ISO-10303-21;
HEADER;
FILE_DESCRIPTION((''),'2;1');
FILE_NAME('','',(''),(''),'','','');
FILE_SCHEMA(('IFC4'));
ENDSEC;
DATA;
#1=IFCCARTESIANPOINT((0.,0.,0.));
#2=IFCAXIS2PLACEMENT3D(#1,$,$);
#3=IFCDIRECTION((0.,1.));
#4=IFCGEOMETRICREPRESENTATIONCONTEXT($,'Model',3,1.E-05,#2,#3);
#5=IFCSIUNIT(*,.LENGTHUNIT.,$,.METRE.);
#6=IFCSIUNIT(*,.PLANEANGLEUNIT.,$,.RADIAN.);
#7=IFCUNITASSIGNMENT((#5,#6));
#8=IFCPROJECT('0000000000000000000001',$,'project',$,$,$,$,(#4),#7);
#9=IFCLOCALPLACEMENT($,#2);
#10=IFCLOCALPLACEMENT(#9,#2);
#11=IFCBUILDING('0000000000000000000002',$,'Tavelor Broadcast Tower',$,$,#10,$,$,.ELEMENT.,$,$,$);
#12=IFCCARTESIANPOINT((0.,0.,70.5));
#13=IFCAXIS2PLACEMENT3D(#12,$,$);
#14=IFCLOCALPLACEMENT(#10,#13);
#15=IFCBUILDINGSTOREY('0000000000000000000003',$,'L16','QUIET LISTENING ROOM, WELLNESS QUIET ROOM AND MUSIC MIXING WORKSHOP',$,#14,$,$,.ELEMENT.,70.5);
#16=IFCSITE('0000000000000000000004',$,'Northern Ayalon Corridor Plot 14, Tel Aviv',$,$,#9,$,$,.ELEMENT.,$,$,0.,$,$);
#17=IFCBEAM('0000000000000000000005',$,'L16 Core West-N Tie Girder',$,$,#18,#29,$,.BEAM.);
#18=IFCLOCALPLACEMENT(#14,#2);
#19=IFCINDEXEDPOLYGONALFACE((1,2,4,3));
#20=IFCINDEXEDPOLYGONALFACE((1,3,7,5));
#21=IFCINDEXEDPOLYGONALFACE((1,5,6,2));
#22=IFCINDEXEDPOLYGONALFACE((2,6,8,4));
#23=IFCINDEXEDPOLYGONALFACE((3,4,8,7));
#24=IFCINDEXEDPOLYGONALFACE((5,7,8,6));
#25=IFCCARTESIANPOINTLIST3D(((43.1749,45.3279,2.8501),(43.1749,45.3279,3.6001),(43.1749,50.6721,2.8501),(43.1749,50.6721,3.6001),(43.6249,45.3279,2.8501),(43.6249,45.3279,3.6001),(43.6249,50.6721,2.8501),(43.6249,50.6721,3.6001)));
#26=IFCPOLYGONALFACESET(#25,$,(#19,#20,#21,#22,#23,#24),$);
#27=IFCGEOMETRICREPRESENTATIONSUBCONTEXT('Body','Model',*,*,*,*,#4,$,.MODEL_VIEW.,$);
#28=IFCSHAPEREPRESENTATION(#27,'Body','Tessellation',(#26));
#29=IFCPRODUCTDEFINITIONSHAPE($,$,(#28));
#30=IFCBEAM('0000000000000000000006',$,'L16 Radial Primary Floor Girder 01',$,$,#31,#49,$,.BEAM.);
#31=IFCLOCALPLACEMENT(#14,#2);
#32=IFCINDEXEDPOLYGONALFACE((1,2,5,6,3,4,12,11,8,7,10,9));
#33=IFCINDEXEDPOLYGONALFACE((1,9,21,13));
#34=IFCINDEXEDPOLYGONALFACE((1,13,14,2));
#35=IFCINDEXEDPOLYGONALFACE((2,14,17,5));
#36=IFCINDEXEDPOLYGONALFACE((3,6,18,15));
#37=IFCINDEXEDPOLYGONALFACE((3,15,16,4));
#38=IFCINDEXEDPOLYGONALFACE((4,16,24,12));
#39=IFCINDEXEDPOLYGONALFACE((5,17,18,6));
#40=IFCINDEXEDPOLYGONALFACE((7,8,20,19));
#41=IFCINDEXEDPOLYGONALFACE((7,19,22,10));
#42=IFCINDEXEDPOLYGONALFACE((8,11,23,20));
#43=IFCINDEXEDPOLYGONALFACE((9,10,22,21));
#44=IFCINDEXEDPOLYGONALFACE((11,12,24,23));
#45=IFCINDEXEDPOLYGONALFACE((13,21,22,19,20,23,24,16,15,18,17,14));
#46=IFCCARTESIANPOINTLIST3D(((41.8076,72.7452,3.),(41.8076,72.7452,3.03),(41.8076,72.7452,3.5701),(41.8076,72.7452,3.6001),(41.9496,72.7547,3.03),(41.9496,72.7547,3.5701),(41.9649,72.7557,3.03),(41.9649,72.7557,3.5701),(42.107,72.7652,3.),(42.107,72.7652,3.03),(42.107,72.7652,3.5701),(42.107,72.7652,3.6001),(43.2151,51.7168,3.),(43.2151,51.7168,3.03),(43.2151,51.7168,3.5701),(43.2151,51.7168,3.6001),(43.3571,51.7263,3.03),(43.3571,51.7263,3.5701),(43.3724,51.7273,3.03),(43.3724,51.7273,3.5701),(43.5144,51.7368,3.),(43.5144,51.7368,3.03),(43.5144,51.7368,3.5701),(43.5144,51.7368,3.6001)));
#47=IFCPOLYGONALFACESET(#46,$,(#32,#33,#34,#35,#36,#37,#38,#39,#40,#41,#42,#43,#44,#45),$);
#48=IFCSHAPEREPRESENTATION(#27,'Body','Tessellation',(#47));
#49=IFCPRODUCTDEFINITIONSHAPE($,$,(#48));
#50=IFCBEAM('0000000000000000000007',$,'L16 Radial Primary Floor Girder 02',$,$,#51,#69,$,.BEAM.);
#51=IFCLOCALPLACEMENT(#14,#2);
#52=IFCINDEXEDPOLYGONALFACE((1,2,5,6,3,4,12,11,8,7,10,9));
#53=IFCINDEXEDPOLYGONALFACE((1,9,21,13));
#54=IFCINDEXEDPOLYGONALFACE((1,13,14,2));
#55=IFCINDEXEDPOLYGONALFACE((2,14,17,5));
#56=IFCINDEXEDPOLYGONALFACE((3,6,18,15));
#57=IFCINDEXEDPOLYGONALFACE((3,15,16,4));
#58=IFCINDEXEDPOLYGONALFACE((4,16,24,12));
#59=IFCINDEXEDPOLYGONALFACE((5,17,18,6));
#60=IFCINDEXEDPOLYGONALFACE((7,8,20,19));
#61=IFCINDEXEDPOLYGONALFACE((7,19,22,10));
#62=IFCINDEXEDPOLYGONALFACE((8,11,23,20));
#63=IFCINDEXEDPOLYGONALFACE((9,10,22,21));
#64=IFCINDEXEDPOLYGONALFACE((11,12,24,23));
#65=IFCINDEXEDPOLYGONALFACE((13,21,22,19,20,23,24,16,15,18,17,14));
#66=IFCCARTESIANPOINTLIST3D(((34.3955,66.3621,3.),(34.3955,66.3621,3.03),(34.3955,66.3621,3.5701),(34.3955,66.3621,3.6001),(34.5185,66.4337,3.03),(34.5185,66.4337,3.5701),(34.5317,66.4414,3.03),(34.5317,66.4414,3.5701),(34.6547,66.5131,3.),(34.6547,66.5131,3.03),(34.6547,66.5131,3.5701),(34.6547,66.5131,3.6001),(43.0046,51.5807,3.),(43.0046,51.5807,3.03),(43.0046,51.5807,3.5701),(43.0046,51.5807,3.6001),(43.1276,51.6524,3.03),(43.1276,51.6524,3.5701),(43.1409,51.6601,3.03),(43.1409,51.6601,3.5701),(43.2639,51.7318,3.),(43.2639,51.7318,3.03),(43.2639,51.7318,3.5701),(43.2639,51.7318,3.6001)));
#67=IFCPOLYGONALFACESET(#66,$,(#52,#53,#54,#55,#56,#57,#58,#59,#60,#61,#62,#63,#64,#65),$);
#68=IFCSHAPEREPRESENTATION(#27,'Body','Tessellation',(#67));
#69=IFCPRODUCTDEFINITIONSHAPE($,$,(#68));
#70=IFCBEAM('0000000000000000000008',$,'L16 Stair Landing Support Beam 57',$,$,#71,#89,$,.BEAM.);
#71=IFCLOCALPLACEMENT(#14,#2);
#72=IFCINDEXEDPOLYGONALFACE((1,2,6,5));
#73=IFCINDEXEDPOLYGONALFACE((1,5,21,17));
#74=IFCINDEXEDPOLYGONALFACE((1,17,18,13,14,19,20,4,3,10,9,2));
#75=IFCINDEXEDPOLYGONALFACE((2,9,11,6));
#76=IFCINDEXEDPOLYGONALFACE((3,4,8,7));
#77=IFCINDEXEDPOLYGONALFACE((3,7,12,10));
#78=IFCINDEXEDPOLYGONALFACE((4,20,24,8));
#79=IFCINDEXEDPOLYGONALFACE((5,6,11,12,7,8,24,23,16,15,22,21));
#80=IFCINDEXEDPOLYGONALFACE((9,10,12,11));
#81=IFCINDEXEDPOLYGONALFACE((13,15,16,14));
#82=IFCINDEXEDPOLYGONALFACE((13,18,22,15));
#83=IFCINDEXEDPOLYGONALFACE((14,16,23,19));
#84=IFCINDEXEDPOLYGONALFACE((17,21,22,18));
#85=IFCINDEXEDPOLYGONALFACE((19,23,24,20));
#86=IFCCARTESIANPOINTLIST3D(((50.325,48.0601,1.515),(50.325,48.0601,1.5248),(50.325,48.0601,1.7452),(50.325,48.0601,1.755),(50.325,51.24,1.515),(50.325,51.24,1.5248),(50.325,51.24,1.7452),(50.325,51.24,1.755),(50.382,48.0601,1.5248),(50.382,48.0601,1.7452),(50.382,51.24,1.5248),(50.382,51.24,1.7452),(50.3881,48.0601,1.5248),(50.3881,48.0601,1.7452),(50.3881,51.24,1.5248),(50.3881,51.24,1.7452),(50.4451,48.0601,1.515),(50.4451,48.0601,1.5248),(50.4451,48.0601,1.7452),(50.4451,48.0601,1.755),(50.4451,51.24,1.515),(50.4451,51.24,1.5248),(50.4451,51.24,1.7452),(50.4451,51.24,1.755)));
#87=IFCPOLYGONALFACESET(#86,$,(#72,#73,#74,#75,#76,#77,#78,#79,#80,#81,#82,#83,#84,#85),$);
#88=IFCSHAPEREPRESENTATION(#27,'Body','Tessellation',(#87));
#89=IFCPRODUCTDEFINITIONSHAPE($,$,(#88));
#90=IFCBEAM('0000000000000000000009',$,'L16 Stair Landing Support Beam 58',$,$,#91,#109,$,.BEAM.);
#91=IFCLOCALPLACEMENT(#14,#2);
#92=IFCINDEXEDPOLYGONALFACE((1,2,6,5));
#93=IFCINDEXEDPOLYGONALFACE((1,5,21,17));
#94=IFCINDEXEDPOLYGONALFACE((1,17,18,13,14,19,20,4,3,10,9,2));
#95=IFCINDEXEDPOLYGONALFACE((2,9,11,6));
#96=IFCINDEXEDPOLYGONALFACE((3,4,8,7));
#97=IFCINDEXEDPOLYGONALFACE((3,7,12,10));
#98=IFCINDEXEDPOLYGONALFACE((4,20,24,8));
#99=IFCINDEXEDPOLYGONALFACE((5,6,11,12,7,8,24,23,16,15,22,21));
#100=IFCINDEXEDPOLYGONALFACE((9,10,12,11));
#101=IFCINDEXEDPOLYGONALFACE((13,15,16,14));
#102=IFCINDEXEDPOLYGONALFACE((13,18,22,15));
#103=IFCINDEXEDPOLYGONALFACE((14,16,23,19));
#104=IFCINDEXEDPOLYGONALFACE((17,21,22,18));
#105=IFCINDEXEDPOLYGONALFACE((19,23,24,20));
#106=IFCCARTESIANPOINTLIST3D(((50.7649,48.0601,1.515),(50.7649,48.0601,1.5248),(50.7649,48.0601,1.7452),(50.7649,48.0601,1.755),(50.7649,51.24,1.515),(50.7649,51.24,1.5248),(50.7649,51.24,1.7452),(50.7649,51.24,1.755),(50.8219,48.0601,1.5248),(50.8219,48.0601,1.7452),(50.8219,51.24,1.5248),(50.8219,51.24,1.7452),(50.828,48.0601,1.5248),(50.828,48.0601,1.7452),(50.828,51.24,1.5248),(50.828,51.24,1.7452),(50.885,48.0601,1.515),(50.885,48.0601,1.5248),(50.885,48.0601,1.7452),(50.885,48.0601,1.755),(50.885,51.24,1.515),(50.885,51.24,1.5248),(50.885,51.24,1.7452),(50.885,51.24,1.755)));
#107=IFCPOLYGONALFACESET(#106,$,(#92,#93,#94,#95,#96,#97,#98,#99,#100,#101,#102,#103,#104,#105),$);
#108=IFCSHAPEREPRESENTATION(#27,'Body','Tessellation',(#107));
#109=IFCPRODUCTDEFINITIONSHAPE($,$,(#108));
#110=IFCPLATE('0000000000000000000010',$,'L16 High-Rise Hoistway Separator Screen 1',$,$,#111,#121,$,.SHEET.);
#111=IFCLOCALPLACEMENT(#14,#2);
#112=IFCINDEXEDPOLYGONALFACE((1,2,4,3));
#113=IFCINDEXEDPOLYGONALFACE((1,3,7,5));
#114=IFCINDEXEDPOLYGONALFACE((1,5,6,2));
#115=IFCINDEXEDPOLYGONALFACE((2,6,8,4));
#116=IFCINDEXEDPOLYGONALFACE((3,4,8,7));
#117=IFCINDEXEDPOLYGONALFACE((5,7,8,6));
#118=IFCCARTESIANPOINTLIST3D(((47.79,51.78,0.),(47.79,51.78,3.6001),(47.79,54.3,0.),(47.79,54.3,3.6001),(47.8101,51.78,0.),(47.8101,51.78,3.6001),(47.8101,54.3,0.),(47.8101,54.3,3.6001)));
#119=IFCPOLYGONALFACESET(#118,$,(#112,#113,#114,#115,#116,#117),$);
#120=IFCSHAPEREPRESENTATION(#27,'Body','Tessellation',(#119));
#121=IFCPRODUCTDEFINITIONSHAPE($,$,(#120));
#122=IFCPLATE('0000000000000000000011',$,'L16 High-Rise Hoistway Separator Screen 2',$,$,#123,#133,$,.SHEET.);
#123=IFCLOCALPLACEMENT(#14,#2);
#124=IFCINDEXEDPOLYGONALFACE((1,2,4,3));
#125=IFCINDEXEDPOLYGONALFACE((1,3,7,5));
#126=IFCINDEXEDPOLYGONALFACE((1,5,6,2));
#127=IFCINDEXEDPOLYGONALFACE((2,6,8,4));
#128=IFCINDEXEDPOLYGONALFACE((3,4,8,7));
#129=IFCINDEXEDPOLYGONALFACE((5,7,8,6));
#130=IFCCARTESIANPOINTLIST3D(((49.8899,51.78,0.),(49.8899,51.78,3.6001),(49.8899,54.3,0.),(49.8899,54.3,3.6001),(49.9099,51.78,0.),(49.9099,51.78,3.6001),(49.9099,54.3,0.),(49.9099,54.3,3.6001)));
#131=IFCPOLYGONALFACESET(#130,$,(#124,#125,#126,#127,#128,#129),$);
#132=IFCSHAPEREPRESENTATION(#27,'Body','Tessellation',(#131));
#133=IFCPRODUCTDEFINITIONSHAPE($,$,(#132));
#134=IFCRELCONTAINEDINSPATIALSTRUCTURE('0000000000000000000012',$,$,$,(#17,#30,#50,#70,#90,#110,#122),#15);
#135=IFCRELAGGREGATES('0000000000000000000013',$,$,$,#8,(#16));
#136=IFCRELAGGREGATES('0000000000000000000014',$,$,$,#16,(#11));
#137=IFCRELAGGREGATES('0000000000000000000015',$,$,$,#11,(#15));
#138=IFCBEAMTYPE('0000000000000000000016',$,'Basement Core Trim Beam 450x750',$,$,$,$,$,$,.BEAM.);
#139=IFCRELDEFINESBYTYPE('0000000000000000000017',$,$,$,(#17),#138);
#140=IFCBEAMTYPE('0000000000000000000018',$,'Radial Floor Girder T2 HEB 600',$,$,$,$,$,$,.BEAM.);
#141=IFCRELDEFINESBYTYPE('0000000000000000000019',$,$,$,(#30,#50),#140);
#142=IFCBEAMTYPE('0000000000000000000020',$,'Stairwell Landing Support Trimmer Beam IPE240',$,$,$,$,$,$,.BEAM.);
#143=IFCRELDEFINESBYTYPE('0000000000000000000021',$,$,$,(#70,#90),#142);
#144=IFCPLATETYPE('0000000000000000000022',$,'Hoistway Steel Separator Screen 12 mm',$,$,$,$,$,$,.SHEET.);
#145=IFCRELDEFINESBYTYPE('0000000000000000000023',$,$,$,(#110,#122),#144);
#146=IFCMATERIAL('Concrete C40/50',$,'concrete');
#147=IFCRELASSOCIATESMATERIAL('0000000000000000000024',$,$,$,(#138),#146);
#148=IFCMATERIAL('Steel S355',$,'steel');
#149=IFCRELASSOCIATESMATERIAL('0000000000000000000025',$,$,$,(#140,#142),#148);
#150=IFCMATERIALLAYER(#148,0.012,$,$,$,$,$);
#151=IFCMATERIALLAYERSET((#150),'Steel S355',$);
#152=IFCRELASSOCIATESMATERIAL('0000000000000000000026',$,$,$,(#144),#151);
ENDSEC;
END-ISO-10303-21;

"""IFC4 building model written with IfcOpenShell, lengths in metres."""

from ifc_helpers import new_model, si_unit, direction, frame, origin, origin_2d, place, context, subcontext, project, spatial, rectangle, i_section, extrude, source, transform, mapped, material, layer, layer_set, material_profile, profile_set, type_object, type_shapes, element, save


model = new_model("IFC4")

# Units and contexts
model_context = context("Model", 3, precision=1e-05, world=origin(), true_north=direction((0.0, 1.0)))
body_context = subcontext(model_context, "Body", "Model", "MODEL_VIEW")
ifc_project = project(units=[si_unit("LENGTHUNIT", "METRE"), si_unit("PLANEANGLEUNIT", "RADIAN")], contexts=[model_context])

# Site, building, storey
site_placement = place(None, origin())
site = spatial("IfcSite", under=ifc_project, at=site_placement, Name="Northern Ayalon Corridor Plot 14, Tel Aviv", CompositionType="ELEMENT", RefElevation=0.0)
building_placement = place(site_placement, origin())
building = spatial("IfcBuilding", under=site, at=building_placement, Name="Tavelor Broadcast Tower", CompositionType="ELEMENT")
storey_placement = place(building_placement, frame((0.0, 0.0, 70.5)))
storey = spatial("IfcBuildingStorey", under=building, at=storey_placement, Name="L16", Description="QUIET LISTENING ROOM, WELLNESS QUIET ROOM AND MUSIC MIXING WORKSHOP", CompositionType="ELEMENT", Elevation=70.5)

# Beams
ifc_material_1 = material(Name="Concrete C40/50", Category="concrete")
ifc_material_profile_1 = material_profile(ifc_material_1, rectangle(XDim=0.45, YDim=0.75, at=origin_2d()), Name="RC 450x750")
ifc_profile_set_1 = profile_set([ifc_material_profile_1], Name="Concrete C40/50")
beam_type_1 = type_object("IfcBeamType", Name="Basement Core Trim Beam 450x750", PredefinedType="BEAM", material=ifc_profile_set_1)
beam_1_placement = place(storey_placement, frame((43.3999, 45.3279, 3.2251), z_axis=(0.0, 1.0, 0.0), x_axis=(-1.0, 0.0, 0.0)))
element("IfcBeam", 1, at=beam_1_placement, inside=storey, type_object=beam_type_1, Name="L16 Core West-N Tie Girder", PredefinedType="BEAM", context=body_context, shape_type="SweptSolid", body=[
    extrude(rectangle(XDim=0.45, YDim=0.75, at=origin_2d()), origin(), (0.0, 0.0, 1.0), 5.3442),
])
ifc_material_2 = material(Name="Steel S355", Category="steel")
ifc_material_profile_2 = material_profile(ifc_material_2, i_section(OverallWidth=0.3, OverallDepth=0.6001, WebThickness=0.0154, FlangeThickness=0.03, at=origin_2d()), Name="HEB 600")
ifc_profile_set_2 = profile_set([ifc_material_profile_2], Name="Steel S355")
beam_type_2 = type_object("IfcBeamType", Name="Radial Floor Girder T2 HEB 600", PredefinedType="BEAM", material=ifc_profile_set_2)
beam_2_placement = place(storey_placement, frame((43.3647, 51.7268, 3.3), z_axis=(-0.066783, 0.997768, 0.0), x_axis=(-0.997768, -0.066783, 0.0)))
element("IfcBeam", 2, at=beam_2_placement, inside=storey, type_object=beam_type_2, Name="L16 Radial Primary Floor Girder 01", PredefinedType="BEAM", context=body_context, shape_type="SweptSolid", body=[
    extrude(i_section(OverallWidth=0.3, OverallDepth=0.6001, WebThickness=0.0154, FlangeThickness=0.03, at=origin_2d()), origin(), (0.0, 0.0, 1.0), 21.0754),
])
beam_3_placement = place(storey_placement, frame((43.1343, 51.6562, 3.3), z_axis=(-0.503292, 0.864116, 0.0), x_axis=(-0.864116, -0.503292, 0.0)))
element("IfcBeam", 3, at=beam_3_placement, inside=storey, type_object=beam_type_2, Name="L16 Radial Primary Floor Girder 02", PredefinedType="BEAM", context=body_context, shape_type="SweptSolid", body=[
    extrude(i_section(OverallWidth=0.3, OverallDepth=0.6001, WebThickness=0.0154, FlangeThickness=0.03, at=origin_2d()), origin(), (0.0, 0.0, 1.0), 17.1057),
])
ifc_material_profile_3 = material_profile(ifc_material_2, i_section(OverallWidth=0.1201, OverallDepth=0.24, WebThickness=0.0061, FlangeThickness=0.0098, at=origin_2d()), Name="IPE 240")
ifc_profile_set_3 = profile_set([ifc_material_profile_3], Name="Steel S355")
beam_type_3 = type_object("IfcBeamType", Name="Stairwell Landing Support Trimmer Beam IPE240", PredefinedType="BEAM", material=ifc_profile_set_3)
for number, where, z_axis, x_axis, name in (
    (4, (50.385, 48.0601, 1.635), (0.0, 1.0, 0.0), (-1.0, 0.0, 0.0), "L16 Stair Landing Support Beam 57"),
    (5, (50.825, 48.0601, 1.635), (0.0, 1.0, 0.0), (-1.0, 0.0, 0.0), "L16 Stair Landing Support Beam 58"),
):
    element("IfcBeam", number, at=place(storey_placement, frame(where, z_axis=z_axis, x_axis=x_axis)), inside=storey, type_object=beam_type_3, Name=name, PredefinedType="BEAM", context=body_context, shape_type="SweptSolid", body=[
        extrude(i_section(OverallWidth=0.1201, OverallDepth=0.24, WebThickness=0.0061, FlangeThickness=0.0098, at=origin_2d()), origin(), (0.0, 0.0, 1.0), 3.1799),
    ])

# Plates
ifc_layer_1 = layer(ifc_material_2, 0.012)
ifc_layer_set_1 = layer_set([ifc_layer_1], Name="Steel S355")
plate_type = type_object("IfcPlateType", Name="Hoistway Steel Separator Screen 12 mm", PredefinedType="SHEET", material=ifc_layer_set_1)
shared_shape = source(origin(), body_context, "Body", "SweptSolid", [
    extrude(rectangle(XDim=0.02, YDim=2.52, at=origin_2d()), origin(), (0.0, 0.0, 1.0), 3.6001),
])
type_shapes(plate_type, [shared_shape])
for number, where, z_axis, x_axis, name in (
    (6, (47.8, 53.04, 0.0), (0.0, 0.0, 1.0), (1.0, 0.0, 0.0), "L16 High-Rise Hoistway Separator Screen 1"),
    (7, (49.8999, 53.04, 0.0), (0.0, 0.0, 1.0), (1.0, 0.0, 0.0), "L16 High-Rise Hoistway Separator Screen 2"),
):
    element("IfcPlate", number, at=place(storey_placement, frame(where, z_axis=z_axis, x_axis=x_axis)), inside=storey, type_object=plate_type, Name=name, PredefinedType="SHEET", context=body_context, shape_type="MappedRepresentation", body=[
        mapped(shared_shape, transform((0.0, 0.0, 0.0), scale=1.0)),
    ])

save(model, "model.ifc")
